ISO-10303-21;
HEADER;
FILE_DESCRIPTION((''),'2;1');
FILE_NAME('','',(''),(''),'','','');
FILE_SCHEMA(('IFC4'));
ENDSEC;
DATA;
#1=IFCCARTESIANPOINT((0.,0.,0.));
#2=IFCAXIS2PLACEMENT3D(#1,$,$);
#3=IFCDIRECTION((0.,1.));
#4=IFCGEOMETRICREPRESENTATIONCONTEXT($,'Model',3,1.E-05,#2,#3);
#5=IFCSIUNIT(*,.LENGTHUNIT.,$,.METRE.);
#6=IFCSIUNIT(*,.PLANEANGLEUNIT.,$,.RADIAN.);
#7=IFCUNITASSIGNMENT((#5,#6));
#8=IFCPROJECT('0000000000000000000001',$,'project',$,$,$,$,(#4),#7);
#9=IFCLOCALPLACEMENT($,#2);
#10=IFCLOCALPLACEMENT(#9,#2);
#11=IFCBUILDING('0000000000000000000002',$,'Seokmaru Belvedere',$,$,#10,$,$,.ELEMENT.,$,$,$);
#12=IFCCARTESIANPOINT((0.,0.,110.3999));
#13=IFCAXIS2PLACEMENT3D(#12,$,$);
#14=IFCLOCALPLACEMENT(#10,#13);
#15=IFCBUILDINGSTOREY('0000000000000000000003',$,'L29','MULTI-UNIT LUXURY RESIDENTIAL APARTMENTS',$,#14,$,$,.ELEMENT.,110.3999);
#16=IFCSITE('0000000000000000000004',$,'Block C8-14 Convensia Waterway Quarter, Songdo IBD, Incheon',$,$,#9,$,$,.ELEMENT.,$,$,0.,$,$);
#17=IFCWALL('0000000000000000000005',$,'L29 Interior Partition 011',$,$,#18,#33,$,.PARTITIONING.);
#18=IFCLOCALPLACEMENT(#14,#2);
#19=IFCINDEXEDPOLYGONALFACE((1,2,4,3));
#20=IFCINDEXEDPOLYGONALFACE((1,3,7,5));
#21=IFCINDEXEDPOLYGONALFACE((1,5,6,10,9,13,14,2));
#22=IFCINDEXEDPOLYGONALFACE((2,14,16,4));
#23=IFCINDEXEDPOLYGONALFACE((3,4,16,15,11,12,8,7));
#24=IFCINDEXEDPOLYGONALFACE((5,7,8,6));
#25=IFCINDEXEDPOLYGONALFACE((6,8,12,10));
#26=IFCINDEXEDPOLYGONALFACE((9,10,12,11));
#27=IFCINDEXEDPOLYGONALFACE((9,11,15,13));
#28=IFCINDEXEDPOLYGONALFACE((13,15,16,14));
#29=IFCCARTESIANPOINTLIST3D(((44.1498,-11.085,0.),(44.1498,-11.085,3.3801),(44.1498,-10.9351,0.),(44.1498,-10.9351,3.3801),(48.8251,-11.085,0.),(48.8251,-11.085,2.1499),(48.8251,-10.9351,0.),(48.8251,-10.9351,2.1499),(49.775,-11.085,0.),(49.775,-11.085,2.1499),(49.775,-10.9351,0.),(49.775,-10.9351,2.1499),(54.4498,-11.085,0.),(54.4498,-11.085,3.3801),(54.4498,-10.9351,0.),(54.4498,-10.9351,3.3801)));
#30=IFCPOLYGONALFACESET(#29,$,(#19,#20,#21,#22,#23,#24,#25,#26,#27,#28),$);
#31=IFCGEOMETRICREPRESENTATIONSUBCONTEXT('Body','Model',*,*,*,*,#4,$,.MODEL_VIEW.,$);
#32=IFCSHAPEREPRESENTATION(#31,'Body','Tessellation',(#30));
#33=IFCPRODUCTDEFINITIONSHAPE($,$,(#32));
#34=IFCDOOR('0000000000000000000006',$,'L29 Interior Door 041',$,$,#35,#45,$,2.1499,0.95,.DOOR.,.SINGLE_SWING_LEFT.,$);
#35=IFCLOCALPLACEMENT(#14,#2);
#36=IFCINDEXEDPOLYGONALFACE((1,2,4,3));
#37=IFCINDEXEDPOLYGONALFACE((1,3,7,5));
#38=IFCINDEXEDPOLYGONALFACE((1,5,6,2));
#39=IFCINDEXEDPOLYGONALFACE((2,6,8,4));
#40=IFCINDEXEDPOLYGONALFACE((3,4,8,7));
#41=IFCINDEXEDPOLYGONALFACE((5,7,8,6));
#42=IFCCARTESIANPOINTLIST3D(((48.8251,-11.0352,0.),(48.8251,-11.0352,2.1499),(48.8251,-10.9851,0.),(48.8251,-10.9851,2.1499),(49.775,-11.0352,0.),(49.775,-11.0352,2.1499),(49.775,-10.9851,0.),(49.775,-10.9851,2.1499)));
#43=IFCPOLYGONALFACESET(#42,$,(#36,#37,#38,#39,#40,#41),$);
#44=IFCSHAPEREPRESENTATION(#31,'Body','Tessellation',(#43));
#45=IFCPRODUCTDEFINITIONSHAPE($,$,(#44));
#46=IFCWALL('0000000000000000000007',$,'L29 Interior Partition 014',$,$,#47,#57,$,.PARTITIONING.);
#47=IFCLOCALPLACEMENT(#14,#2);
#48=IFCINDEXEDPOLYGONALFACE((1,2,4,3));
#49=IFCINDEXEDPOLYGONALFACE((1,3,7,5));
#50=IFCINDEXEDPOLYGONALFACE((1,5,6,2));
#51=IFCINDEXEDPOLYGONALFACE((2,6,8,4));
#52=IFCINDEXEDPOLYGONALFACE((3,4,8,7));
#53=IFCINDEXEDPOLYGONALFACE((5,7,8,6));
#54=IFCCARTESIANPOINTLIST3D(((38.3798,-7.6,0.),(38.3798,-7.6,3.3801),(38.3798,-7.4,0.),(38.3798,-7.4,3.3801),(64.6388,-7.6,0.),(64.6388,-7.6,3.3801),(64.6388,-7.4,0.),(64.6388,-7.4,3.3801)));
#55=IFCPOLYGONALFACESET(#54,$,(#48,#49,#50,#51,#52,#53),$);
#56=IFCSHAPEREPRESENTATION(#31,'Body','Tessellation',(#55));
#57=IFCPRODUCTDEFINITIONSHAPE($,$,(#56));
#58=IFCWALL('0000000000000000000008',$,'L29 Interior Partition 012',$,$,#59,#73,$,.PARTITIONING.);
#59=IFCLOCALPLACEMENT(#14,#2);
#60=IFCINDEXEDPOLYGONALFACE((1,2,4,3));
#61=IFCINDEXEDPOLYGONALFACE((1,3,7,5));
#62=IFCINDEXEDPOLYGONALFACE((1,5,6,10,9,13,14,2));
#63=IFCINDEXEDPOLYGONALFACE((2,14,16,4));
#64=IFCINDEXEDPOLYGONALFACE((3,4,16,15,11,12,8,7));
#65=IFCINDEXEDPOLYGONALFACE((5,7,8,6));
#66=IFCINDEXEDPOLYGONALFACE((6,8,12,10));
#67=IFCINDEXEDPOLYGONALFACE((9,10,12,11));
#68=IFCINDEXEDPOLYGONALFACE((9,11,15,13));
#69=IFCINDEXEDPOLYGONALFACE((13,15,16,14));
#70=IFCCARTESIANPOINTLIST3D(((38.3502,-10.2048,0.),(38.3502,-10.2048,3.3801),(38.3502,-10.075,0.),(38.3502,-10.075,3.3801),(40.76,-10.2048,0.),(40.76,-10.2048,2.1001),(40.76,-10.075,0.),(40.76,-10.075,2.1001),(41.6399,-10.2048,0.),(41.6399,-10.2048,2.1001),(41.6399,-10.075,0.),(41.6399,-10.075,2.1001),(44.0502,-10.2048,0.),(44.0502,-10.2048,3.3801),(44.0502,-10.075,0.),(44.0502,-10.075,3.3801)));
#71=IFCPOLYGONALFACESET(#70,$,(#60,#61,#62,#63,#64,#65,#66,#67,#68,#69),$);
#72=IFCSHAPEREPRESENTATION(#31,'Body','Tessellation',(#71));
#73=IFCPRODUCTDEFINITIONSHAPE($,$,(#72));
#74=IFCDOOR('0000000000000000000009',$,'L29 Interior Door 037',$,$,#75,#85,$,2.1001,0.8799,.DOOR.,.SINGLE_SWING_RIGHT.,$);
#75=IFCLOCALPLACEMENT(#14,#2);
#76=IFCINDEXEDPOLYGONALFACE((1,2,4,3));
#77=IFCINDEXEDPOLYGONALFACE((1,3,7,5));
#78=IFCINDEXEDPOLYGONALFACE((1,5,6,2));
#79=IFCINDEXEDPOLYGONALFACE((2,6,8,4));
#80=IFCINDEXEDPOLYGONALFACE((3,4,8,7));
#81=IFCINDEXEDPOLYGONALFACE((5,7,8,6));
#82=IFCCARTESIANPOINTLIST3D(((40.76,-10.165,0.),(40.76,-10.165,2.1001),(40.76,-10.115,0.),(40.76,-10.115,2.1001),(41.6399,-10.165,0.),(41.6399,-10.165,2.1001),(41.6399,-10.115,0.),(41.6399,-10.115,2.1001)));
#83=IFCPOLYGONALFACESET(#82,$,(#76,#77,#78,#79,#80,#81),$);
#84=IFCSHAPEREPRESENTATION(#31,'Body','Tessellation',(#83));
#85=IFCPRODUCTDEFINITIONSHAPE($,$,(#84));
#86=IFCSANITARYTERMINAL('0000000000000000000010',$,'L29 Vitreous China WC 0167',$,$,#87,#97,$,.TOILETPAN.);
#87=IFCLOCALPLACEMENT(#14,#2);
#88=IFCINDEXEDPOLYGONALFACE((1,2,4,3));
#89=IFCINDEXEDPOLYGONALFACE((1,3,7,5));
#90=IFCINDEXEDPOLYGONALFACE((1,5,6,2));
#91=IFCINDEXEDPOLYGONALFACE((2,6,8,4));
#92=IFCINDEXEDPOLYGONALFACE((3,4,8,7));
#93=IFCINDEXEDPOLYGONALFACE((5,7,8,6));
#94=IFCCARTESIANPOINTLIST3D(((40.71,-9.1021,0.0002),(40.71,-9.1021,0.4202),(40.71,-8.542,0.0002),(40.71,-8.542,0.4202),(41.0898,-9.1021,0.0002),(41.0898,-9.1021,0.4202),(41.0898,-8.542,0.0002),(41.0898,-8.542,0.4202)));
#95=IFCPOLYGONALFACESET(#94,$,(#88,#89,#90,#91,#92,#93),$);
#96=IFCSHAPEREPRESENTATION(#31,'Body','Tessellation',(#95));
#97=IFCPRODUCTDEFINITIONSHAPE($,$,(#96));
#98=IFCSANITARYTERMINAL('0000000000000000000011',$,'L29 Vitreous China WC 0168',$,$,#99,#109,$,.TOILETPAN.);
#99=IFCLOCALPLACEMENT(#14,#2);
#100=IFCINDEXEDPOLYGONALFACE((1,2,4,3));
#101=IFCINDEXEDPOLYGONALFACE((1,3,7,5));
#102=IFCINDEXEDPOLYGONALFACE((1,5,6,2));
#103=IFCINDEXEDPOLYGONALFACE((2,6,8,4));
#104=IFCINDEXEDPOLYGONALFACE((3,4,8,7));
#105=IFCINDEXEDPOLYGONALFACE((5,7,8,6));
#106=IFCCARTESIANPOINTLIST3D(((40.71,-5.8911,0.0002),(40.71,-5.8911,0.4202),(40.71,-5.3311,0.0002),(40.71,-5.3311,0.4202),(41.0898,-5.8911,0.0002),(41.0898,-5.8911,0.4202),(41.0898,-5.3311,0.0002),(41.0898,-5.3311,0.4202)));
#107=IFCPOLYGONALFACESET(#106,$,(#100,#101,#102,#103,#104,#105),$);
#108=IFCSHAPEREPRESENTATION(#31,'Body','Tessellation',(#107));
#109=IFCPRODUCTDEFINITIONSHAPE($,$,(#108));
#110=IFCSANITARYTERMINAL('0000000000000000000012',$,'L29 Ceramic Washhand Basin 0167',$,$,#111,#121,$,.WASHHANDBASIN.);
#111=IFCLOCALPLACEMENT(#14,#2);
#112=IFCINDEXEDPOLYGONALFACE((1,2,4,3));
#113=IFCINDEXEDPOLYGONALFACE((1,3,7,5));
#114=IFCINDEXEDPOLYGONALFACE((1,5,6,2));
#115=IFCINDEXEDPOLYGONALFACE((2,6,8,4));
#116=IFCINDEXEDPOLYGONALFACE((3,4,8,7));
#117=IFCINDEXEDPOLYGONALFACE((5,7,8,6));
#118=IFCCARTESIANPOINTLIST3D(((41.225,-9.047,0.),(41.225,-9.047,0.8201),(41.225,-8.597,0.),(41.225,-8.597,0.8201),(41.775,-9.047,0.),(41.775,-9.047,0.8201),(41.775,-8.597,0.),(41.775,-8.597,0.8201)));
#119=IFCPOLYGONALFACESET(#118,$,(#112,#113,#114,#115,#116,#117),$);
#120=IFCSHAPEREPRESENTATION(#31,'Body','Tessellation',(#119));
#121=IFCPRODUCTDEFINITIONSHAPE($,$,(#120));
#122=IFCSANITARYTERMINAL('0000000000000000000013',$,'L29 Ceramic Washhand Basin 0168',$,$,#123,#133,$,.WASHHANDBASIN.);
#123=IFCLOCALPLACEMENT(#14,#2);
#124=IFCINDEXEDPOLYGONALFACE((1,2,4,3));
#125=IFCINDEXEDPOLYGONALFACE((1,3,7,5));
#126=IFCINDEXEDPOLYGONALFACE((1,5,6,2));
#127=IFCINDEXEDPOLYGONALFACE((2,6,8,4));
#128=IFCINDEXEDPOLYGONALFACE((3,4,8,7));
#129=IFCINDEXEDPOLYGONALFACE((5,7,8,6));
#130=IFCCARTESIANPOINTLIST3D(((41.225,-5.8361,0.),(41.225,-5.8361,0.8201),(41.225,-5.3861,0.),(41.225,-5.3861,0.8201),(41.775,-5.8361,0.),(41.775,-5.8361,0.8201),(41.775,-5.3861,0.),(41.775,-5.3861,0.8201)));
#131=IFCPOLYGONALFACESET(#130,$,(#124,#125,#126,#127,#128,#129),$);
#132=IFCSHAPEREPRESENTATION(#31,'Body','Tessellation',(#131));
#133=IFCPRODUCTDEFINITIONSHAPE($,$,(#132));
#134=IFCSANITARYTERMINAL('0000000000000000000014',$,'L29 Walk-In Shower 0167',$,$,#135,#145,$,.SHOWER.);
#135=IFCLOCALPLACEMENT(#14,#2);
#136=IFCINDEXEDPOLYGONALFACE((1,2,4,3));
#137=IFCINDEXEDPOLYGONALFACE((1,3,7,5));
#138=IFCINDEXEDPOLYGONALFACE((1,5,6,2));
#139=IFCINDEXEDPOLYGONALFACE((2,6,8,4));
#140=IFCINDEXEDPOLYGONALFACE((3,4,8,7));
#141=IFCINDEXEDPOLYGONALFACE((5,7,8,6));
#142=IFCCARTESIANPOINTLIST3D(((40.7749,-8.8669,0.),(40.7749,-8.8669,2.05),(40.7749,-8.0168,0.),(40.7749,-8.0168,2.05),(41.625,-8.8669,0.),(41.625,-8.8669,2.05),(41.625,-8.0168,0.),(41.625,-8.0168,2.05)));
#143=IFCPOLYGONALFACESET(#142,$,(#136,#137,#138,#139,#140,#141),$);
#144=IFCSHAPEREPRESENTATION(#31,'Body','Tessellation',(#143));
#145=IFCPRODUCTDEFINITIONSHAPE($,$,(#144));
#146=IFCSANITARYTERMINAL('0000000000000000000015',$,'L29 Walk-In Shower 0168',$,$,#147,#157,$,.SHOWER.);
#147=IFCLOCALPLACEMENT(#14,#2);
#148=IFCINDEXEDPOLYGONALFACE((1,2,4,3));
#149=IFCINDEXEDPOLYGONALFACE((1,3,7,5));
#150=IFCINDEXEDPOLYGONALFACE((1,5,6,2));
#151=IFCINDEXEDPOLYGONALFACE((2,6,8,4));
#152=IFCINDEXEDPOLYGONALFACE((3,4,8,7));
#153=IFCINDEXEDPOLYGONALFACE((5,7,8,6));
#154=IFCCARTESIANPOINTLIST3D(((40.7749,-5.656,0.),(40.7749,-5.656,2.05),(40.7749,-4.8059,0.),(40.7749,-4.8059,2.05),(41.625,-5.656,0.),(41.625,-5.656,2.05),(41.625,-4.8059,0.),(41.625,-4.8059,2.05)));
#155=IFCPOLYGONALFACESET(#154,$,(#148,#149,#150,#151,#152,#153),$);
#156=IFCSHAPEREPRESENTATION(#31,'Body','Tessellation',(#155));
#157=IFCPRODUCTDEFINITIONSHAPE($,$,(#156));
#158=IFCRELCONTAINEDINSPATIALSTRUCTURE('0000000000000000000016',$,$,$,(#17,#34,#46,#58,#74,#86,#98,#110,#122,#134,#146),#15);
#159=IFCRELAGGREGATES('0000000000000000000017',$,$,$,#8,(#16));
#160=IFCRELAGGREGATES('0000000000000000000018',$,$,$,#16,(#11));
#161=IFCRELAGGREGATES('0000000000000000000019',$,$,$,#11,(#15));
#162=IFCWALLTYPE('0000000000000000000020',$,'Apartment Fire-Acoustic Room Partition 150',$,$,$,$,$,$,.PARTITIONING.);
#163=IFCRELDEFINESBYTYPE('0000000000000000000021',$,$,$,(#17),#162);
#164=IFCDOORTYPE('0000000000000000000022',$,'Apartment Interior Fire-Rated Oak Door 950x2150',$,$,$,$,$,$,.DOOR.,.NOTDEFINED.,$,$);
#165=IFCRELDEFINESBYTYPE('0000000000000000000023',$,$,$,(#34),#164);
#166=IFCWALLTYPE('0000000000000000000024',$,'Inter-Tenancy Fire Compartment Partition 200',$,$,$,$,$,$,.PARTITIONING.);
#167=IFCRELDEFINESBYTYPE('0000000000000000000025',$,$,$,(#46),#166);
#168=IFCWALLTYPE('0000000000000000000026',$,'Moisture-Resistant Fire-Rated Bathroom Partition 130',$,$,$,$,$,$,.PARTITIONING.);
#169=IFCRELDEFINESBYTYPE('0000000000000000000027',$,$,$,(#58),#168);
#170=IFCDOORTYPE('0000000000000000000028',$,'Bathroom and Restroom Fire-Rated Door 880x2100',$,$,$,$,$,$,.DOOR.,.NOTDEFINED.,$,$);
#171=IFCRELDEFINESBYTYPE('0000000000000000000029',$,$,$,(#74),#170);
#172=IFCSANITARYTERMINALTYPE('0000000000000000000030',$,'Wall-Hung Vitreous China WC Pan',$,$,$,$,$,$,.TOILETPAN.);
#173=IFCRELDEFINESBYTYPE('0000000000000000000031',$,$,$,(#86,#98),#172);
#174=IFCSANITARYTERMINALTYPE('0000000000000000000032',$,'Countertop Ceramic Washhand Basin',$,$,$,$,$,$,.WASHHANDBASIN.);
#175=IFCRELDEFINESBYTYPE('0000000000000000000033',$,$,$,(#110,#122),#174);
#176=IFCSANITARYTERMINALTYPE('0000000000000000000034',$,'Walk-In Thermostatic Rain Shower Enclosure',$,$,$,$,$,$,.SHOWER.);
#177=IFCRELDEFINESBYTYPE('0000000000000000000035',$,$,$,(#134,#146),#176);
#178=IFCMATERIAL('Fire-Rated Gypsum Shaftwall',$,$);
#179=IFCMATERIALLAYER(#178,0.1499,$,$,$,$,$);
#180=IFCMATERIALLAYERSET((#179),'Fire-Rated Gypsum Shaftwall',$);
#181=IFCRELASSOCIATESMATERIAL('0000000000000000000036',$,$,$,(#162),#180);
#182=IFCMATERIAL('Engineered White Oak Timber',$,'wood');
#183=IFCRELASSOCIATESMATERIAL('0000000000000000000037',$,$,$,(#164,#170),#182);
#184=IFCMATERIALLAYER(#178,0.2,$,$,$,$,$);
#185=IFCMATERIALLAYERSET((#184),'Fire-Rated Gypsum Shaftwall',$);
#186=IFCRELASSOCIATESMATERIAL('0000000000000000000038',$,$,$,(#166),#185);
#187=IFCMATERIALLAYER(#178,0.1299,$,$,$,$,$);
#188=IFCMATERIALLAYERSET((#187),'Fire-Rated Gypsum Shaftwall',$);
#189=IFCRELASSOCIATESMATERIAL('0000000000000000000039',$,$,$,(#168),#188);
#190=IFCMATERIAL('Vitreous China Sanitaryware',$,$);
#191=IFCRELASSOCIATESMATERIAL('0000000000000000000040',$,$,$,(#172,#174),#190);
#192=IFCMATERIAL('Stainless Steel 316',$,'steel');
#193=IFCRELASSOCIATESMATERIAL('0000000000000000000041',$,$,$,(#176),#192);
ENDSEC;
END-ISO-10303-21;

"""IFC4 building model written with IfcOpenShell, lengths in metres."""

from ifc_helpers import new_model, si_unit, direction, frame, frame_2d, origin, origin_2d, place, context, subcontext, project, spatial, rectangle, extrude, source, transform, mapped, material, layer, layer_set, type_object, type_shapes, element, fill, save


model = new_model("IFC4")

# Units and contexts
model_context = context("Model", 3, precision=1e-05, world=origin(), true_north=direction((0.0, 1.0)))
body_context = subcontext(model_context, "Body", "Model", "MODEL_VIEW")
ifc_project = project(units=[si_unit("LENGTHUNIT", "METRE"), si_unit("PLANEANGLEUNIT", "RADIAN")], contexts=[model_context])

# Site, building, storey
site_placement = place(None, origin())
site = spatial("IfcSite", under=ifc_project, at=site_placement, Name="Block C8-14 Convensia Waterway Quarter, Songdo IBD, Incheon", CompositionType="ELEMENT", RefElevation=0.0)
building_placement = place(site_placement, origin())
building = spatial("IfcBuilding", under=site, at=building_placement, Name="Seokmaru Belvedere", CompositionType="ELEMENT")
storey_placement = place(building_placement, frame((0.0, 0.0, 110.3999)))
storey = spatial("IfcBuildingStorey", under=building, at=storey_placement, Name="L29", Description="MULTI-UNIT LUXURY RESIDENTIAL APARTMENTS", CompositionType="ELEMENT", Elevation=110.3999)

# Shared definitions
ifc_material_1 = material(Name="Fire-Rated Gypsum Shaftwall")
ifc_layer_1 = layer(ifc_material_1, 0.1499)
ifc_layer_set_1 = layer_set([ifc_layer_1], Name="Fire-Rated Gypsum Shaftwall")
wall_type_1 = type_object("IfcWallType", Name="Apartment Fire-Acoustic Room Partition 150", PredefinedType="PARTITIONING", material=ifc_layer_set_1)

# Wall, opening, door
wall_1_placement = place(storey_placement, frame((44.1499, -11.01, 0.0), z_axis=(0.0, 0.0, 1.0), x_axis=(1.0, 0.0, 0.0)))
wall_1 = element("IfcWall", 1, at=wall_1_placement, inside=storey, type_object=wall_type_1, Name="L29 Interior Partition 011", PredefinedType="PARTITIONING", context=body_context, shape_type="SweptSolid", body=[
    extrude(rectangle(XDim=10.3, YDim=0.1499, at=frame_2d((5.1499, 0.0))), origin(), (0.0, 0.0, 1.0), 3.3801),
])
opening_1_placement = place(wall_1_placement, frame((4.675, 0.0, 0.0)))
opening_1 = element("IfcOpeningElement", 2, at=opening_1_placement, cuts=wall_1, PredefinedType="OPENING", context=body_context, shape_type="SweptSolid", body=[
    extrude(rectangle(XDim=0.95, YDim=2.1499, at=frame_2d((0.4751, 1.075))), frame((0.0, 0.085, 0.0), z_axis=(0.0, -1.0, 0.0), x_axis=(1.0, 0.0, 0.0)), (0.0, 0.0, 1.0), 0.1699),
])
ifc_material_2 = material(Name="Engineered White Oak Timber", Category="wood")
door_type_1 = type_object("IfcDoorType", Name="Apartment Interior Fire-Rated Oak Door 950x2150", OperationType="NOTDEFINED", PredefinedType="DOOR", material=ifc_material_2)
shared_shape_1 = source(origin(), body_context, "Body", "SweptSolid", [
    extrude(rectangle(XDim=0.95, YDim=2.1499, at=frame_2d((0.4751, 1.075))), frame((0.0, 0.0249, 0.0), z_axis=(0.0, -1.0, 0.0), x_axis=(1.0, 0.0, 0.0)), (0.0, 0.0, 1.0), 0.05),
])
type_shapes(door_type_1, [shared_shape_1])
door_1_placement = place(opening_1_placement, origin())
door_1 = element("IfcDoor", 3, at=door_1_placement, inside=storey, type_object=door_type_1, Name="L29 Interior Door 041", OperationType="SINGLE_SWING_LEFT", OverallHeight=2.1499, OverallWidth=0.95, PredefinedType="DOOR", context=body_context, shape_type="MappedRepresentation", body=[
    mapped(shared_shape_1, transform((0.0, 0.0, 0.0), scale=1.0)),
])
fill(opening_1, door_1)

# Wall
ifc_layer_2 = layer(ifc_material_1, 0.2)
ifc_layer_set_2 = layer_set([ifc_layer_2], Name="Fire-Rated Gypsum Shaftwall")
wall_type_2 = type_object("IfcWallType", Name="Inter-Tenancy Fire Compartment Partition 200", PredefinedType="PARTITIONING", material=ifc_layer_set_2)
wall_2_placement = place(storey_placement, frame((38.3799, -7.5, 0.0), z_axis=(0.0, 0.0, 1.0), x_axis=(1.0, 0.0, 0.0)))
element("IfcWall", 4, at=wall_2_placement, inside=storey, type_object=wall_type_2, Name="L29 Interior Partition 014", PredefinedType="PARTITIONING", context=body_context, shape_type="SweptSolid", body=[
    extrude(rectangle(XDim=26.259, YDim=0.2, at=frame_2d((13.1294, 0.0))), origin(), (0.0, 0.0, 1.0), 3.3801),
])

# Wall, opening, door
ifc_layer_3 = layer(ifc_material_1, 0.1299)
ifc_layer_set_3 = layer_set([ifc_layer_3], Name="Fire-Rated Gypsum Shaftwall")
wall_type_3 = type_object("IfcWallType", Name="Moisture-Resistant Fire-Rated Bathroom Partition 130", PredefinedType="PARTITIONING", material=ifc_layer_set_3)
wall_3_placement = place(storey_placement, frame((38.3501, -10.1399, 0.0), z_axis=(0.0, 0.0, 1.0), x_axis=(1.0, 0.0, 0.0)))
wall_3 = element("IfcWall", 5, at=wall_3_placement, inside=storey, type_object=wall_type_3, Name="L29 Interior Partition 012", PredefinedType="PARTITIONING", context=body_context, shape_type="SweptSolid", body=[
    extrude(rectangle(XDim=5.7, YDim=0.1299, at=frame_2d((2.8501, 0.0))), origin(), (0.0, 0.0, 1.0), 3.3801),
])
opening_2_placement = place(wall_3_placement, frame((2.4099, 0.0, 0.0)))
opening_2 = element("IfcOpeningElement", 6, at=opening_2_placement, cuts=wall_3, PredefinedType="OPENING", context=body_context, shape_type="SweptSolid", body=[
    extrude(rectangle(XDim=0.8799, YDim=2.1001, at=frame_2d((0.4399, 1.05))), frame((0.0, 0.075, 0.0), z_axis=(0.0, -1.0, 0.0), x_axis=(1.0, 0.0, 0.0)), (0.0, 0.0, 1.0), 0.1499),
])
door_type_2 = type_object("IfcDoorType", Name="Bathroom and Restroom Fire-Rated Door 880x2100", OperationType="NOTDEFINED", PredefinedType="DOOR", material=ifc_material_2)
shared_shape_2 = source(origin(), body_context, "Body", "SweptSolid", [
    extrude(rectangle(XDim=0.8799, YDim=2.1001, at=frame_2d((0.4399, 1.05))), frame((0.0, 0.0249, 0.0), z_axis=(0.0, -1.0, 0.0), x_axis=(1.0, 0.0, 0.0)), (0.0, 0.0, 1.0), 0.05),
])
type_shapes(door_type_2, [shared_shape_2])
door_2_placement = place(opening_2_placement, origin())
door_2 = element("IfcDoor", 7, at=door_2_placement, inside=storey, type_object=door_type_2, Name="L29 Interior Door 037", OperationType="SINGLE_SWING_RIGHT", OverallHeight=2.1001, OverallWidth=0.8799, PredefinedType="DOOR", context=body_context, shape_type="MappedRepresentation", body=[
    mapped(shared_shape_2, transform((0.0, 0.0, 0.0), scale=1.0)),
])
fill(opening_2, door_2)

# Sanitary terminals
ifc_material_3 = material(Name="Vitreous China Sanitaryware")
sanitary_terminal_type_1 = type_object("IfcSanitaryTerminalType", Name="Wall-Hung Vitreous China WC Pan", PredefinedType="TOILETPAN", material=ifc_material_3)
shared_shape_3 = source(origin(), body_context, "Body", "SweptSolid", [
    extrude(rectangle(XDim=0.3799, YDim=0.5601, at=origin_2d()), origin(), (0.0, 0.0, 1.0), 0.4199),
])
type_shapes(sanitary_terminal_type_1, [shared_shape_3])
for number, where, z_axis, x_axis, name in (
    (8, (40.8999, -8.822, 0.0002), (0.0, 0.0, 1.0), (1.0, 0.0, 0.0), "L29 Vitreous China WC 0167"),
    (9, (40.8999, -5.6111, 0.0002), (0.0, 0.0, 1.0), (1.0, 0.0, 0.0), "L29 Vitreous China WC 0168"),
):
    element("IfcSanitaryTerminal", number, at=place(storey_placement, frame(where, z_axis=z_axis, x_axis=x_axis)), inside=storey, type_object=sanitary_terminal_type_1, Name=name, PredefinedType="TOILETPAN", context=body_context, shape_type="MappedRepresentation", body=[
        mapped(shared_shape_3, transform((0.0, 0.0, 0.0), scale=1.0)),
    ])
sanitary_terminal_type_2 = type_object("IfcSanitaryTerminalType", Name="Countertop Ceramic Washhand Basin", PredefinedType="WASHHANDBASIN", material=ifc_material_3)
shared_shape_4 = source(origin(), body_context, "Body", "SweptSolid", [
    extrude(rectangle(XDim=0.55, YDim=0.45, at=origin_2d()), origin(), (0.0, 0.0, 1.0), 0.8201),
])
type_shapes(sanitary_terminal_type_2, [shared_shape_4])
for number, where, z_axis, x_axis, name in (
    (10, (41.5, -8.822, 0.0), (0.0, 0.0, 1.0), (1.0, 0.0, 0.0), "L29 Ceramic Washhand Basin 0167"),
    (11, (41.5, -5.6111, 0.0), (0.0, 0.0, 1.0), (1.0, 0.0, 0.0), "L29 Ceramic Washhand Basin 0168"),
):
    element("IfcSanitaryTerminal", number, at=place(storey_placement, frame(where, z_axis=z_axis, x_axis=x_axis)), inside=storey, type_object=sanitary_terminal_type_2, Name=name, PredefinedType="WASHHANDBASIN", context=body_context, shape_type="MappedRepresentation", body=[
        mapped(shared_shape_4, transform((0.0, 0.0, 0.0), scale=1.0)),
    ])
ifc_material_4 = material(Name="Stainless Steel 316", Category="steel")
sanitary_terminal_type_3 = type_object("IfcSanitaryTerminalType", Name="Walk-In Thermostatic Rain Shower Enclosure", PredefinedType="SHOWER", material=ifc_material_4)
shared_shape_5 = source(origin(), body_context, "Body", "SweptSolid", [
    extrude(rectangle(XDim=0.8501, YDim=0.8501, at=origin_2d()), origin(), (0.0, 0.0, 1.0), 2.05),
])
type_shapes(sanitary_terminal_type_3, [shared_shape_5])
for number, where, z_axis, x_axis, name in (
    (12, (41.2, -8.4419, 0.0), (0.0, 0.0, 1.0), (1.0, 0.0, 0.0), "L29 Walk-In Shower 0167"),
    (13, (41.2, -5.231, 0.0), (0.0, 0.0, 1.0), (1.0, 0.0, 0.0), "L29 Walk-In Shower 0168"),
):
    element("IfcSanitaryTerminal", number, at=place(storey_placement, frame(where, z_axis=z_axis, x_axis=x_axis)), inside=storey, type_object=sanitary_terminal_type_3, Name=name, PredefinedType="SHOWER", context=body_context, shape_type="MappedRepresentation", body=[
        mapped(shared_shape_5, transform((0.0, 0.0, 0.0), scale=1.0)),
    ])

save(model, "model.ifc")
